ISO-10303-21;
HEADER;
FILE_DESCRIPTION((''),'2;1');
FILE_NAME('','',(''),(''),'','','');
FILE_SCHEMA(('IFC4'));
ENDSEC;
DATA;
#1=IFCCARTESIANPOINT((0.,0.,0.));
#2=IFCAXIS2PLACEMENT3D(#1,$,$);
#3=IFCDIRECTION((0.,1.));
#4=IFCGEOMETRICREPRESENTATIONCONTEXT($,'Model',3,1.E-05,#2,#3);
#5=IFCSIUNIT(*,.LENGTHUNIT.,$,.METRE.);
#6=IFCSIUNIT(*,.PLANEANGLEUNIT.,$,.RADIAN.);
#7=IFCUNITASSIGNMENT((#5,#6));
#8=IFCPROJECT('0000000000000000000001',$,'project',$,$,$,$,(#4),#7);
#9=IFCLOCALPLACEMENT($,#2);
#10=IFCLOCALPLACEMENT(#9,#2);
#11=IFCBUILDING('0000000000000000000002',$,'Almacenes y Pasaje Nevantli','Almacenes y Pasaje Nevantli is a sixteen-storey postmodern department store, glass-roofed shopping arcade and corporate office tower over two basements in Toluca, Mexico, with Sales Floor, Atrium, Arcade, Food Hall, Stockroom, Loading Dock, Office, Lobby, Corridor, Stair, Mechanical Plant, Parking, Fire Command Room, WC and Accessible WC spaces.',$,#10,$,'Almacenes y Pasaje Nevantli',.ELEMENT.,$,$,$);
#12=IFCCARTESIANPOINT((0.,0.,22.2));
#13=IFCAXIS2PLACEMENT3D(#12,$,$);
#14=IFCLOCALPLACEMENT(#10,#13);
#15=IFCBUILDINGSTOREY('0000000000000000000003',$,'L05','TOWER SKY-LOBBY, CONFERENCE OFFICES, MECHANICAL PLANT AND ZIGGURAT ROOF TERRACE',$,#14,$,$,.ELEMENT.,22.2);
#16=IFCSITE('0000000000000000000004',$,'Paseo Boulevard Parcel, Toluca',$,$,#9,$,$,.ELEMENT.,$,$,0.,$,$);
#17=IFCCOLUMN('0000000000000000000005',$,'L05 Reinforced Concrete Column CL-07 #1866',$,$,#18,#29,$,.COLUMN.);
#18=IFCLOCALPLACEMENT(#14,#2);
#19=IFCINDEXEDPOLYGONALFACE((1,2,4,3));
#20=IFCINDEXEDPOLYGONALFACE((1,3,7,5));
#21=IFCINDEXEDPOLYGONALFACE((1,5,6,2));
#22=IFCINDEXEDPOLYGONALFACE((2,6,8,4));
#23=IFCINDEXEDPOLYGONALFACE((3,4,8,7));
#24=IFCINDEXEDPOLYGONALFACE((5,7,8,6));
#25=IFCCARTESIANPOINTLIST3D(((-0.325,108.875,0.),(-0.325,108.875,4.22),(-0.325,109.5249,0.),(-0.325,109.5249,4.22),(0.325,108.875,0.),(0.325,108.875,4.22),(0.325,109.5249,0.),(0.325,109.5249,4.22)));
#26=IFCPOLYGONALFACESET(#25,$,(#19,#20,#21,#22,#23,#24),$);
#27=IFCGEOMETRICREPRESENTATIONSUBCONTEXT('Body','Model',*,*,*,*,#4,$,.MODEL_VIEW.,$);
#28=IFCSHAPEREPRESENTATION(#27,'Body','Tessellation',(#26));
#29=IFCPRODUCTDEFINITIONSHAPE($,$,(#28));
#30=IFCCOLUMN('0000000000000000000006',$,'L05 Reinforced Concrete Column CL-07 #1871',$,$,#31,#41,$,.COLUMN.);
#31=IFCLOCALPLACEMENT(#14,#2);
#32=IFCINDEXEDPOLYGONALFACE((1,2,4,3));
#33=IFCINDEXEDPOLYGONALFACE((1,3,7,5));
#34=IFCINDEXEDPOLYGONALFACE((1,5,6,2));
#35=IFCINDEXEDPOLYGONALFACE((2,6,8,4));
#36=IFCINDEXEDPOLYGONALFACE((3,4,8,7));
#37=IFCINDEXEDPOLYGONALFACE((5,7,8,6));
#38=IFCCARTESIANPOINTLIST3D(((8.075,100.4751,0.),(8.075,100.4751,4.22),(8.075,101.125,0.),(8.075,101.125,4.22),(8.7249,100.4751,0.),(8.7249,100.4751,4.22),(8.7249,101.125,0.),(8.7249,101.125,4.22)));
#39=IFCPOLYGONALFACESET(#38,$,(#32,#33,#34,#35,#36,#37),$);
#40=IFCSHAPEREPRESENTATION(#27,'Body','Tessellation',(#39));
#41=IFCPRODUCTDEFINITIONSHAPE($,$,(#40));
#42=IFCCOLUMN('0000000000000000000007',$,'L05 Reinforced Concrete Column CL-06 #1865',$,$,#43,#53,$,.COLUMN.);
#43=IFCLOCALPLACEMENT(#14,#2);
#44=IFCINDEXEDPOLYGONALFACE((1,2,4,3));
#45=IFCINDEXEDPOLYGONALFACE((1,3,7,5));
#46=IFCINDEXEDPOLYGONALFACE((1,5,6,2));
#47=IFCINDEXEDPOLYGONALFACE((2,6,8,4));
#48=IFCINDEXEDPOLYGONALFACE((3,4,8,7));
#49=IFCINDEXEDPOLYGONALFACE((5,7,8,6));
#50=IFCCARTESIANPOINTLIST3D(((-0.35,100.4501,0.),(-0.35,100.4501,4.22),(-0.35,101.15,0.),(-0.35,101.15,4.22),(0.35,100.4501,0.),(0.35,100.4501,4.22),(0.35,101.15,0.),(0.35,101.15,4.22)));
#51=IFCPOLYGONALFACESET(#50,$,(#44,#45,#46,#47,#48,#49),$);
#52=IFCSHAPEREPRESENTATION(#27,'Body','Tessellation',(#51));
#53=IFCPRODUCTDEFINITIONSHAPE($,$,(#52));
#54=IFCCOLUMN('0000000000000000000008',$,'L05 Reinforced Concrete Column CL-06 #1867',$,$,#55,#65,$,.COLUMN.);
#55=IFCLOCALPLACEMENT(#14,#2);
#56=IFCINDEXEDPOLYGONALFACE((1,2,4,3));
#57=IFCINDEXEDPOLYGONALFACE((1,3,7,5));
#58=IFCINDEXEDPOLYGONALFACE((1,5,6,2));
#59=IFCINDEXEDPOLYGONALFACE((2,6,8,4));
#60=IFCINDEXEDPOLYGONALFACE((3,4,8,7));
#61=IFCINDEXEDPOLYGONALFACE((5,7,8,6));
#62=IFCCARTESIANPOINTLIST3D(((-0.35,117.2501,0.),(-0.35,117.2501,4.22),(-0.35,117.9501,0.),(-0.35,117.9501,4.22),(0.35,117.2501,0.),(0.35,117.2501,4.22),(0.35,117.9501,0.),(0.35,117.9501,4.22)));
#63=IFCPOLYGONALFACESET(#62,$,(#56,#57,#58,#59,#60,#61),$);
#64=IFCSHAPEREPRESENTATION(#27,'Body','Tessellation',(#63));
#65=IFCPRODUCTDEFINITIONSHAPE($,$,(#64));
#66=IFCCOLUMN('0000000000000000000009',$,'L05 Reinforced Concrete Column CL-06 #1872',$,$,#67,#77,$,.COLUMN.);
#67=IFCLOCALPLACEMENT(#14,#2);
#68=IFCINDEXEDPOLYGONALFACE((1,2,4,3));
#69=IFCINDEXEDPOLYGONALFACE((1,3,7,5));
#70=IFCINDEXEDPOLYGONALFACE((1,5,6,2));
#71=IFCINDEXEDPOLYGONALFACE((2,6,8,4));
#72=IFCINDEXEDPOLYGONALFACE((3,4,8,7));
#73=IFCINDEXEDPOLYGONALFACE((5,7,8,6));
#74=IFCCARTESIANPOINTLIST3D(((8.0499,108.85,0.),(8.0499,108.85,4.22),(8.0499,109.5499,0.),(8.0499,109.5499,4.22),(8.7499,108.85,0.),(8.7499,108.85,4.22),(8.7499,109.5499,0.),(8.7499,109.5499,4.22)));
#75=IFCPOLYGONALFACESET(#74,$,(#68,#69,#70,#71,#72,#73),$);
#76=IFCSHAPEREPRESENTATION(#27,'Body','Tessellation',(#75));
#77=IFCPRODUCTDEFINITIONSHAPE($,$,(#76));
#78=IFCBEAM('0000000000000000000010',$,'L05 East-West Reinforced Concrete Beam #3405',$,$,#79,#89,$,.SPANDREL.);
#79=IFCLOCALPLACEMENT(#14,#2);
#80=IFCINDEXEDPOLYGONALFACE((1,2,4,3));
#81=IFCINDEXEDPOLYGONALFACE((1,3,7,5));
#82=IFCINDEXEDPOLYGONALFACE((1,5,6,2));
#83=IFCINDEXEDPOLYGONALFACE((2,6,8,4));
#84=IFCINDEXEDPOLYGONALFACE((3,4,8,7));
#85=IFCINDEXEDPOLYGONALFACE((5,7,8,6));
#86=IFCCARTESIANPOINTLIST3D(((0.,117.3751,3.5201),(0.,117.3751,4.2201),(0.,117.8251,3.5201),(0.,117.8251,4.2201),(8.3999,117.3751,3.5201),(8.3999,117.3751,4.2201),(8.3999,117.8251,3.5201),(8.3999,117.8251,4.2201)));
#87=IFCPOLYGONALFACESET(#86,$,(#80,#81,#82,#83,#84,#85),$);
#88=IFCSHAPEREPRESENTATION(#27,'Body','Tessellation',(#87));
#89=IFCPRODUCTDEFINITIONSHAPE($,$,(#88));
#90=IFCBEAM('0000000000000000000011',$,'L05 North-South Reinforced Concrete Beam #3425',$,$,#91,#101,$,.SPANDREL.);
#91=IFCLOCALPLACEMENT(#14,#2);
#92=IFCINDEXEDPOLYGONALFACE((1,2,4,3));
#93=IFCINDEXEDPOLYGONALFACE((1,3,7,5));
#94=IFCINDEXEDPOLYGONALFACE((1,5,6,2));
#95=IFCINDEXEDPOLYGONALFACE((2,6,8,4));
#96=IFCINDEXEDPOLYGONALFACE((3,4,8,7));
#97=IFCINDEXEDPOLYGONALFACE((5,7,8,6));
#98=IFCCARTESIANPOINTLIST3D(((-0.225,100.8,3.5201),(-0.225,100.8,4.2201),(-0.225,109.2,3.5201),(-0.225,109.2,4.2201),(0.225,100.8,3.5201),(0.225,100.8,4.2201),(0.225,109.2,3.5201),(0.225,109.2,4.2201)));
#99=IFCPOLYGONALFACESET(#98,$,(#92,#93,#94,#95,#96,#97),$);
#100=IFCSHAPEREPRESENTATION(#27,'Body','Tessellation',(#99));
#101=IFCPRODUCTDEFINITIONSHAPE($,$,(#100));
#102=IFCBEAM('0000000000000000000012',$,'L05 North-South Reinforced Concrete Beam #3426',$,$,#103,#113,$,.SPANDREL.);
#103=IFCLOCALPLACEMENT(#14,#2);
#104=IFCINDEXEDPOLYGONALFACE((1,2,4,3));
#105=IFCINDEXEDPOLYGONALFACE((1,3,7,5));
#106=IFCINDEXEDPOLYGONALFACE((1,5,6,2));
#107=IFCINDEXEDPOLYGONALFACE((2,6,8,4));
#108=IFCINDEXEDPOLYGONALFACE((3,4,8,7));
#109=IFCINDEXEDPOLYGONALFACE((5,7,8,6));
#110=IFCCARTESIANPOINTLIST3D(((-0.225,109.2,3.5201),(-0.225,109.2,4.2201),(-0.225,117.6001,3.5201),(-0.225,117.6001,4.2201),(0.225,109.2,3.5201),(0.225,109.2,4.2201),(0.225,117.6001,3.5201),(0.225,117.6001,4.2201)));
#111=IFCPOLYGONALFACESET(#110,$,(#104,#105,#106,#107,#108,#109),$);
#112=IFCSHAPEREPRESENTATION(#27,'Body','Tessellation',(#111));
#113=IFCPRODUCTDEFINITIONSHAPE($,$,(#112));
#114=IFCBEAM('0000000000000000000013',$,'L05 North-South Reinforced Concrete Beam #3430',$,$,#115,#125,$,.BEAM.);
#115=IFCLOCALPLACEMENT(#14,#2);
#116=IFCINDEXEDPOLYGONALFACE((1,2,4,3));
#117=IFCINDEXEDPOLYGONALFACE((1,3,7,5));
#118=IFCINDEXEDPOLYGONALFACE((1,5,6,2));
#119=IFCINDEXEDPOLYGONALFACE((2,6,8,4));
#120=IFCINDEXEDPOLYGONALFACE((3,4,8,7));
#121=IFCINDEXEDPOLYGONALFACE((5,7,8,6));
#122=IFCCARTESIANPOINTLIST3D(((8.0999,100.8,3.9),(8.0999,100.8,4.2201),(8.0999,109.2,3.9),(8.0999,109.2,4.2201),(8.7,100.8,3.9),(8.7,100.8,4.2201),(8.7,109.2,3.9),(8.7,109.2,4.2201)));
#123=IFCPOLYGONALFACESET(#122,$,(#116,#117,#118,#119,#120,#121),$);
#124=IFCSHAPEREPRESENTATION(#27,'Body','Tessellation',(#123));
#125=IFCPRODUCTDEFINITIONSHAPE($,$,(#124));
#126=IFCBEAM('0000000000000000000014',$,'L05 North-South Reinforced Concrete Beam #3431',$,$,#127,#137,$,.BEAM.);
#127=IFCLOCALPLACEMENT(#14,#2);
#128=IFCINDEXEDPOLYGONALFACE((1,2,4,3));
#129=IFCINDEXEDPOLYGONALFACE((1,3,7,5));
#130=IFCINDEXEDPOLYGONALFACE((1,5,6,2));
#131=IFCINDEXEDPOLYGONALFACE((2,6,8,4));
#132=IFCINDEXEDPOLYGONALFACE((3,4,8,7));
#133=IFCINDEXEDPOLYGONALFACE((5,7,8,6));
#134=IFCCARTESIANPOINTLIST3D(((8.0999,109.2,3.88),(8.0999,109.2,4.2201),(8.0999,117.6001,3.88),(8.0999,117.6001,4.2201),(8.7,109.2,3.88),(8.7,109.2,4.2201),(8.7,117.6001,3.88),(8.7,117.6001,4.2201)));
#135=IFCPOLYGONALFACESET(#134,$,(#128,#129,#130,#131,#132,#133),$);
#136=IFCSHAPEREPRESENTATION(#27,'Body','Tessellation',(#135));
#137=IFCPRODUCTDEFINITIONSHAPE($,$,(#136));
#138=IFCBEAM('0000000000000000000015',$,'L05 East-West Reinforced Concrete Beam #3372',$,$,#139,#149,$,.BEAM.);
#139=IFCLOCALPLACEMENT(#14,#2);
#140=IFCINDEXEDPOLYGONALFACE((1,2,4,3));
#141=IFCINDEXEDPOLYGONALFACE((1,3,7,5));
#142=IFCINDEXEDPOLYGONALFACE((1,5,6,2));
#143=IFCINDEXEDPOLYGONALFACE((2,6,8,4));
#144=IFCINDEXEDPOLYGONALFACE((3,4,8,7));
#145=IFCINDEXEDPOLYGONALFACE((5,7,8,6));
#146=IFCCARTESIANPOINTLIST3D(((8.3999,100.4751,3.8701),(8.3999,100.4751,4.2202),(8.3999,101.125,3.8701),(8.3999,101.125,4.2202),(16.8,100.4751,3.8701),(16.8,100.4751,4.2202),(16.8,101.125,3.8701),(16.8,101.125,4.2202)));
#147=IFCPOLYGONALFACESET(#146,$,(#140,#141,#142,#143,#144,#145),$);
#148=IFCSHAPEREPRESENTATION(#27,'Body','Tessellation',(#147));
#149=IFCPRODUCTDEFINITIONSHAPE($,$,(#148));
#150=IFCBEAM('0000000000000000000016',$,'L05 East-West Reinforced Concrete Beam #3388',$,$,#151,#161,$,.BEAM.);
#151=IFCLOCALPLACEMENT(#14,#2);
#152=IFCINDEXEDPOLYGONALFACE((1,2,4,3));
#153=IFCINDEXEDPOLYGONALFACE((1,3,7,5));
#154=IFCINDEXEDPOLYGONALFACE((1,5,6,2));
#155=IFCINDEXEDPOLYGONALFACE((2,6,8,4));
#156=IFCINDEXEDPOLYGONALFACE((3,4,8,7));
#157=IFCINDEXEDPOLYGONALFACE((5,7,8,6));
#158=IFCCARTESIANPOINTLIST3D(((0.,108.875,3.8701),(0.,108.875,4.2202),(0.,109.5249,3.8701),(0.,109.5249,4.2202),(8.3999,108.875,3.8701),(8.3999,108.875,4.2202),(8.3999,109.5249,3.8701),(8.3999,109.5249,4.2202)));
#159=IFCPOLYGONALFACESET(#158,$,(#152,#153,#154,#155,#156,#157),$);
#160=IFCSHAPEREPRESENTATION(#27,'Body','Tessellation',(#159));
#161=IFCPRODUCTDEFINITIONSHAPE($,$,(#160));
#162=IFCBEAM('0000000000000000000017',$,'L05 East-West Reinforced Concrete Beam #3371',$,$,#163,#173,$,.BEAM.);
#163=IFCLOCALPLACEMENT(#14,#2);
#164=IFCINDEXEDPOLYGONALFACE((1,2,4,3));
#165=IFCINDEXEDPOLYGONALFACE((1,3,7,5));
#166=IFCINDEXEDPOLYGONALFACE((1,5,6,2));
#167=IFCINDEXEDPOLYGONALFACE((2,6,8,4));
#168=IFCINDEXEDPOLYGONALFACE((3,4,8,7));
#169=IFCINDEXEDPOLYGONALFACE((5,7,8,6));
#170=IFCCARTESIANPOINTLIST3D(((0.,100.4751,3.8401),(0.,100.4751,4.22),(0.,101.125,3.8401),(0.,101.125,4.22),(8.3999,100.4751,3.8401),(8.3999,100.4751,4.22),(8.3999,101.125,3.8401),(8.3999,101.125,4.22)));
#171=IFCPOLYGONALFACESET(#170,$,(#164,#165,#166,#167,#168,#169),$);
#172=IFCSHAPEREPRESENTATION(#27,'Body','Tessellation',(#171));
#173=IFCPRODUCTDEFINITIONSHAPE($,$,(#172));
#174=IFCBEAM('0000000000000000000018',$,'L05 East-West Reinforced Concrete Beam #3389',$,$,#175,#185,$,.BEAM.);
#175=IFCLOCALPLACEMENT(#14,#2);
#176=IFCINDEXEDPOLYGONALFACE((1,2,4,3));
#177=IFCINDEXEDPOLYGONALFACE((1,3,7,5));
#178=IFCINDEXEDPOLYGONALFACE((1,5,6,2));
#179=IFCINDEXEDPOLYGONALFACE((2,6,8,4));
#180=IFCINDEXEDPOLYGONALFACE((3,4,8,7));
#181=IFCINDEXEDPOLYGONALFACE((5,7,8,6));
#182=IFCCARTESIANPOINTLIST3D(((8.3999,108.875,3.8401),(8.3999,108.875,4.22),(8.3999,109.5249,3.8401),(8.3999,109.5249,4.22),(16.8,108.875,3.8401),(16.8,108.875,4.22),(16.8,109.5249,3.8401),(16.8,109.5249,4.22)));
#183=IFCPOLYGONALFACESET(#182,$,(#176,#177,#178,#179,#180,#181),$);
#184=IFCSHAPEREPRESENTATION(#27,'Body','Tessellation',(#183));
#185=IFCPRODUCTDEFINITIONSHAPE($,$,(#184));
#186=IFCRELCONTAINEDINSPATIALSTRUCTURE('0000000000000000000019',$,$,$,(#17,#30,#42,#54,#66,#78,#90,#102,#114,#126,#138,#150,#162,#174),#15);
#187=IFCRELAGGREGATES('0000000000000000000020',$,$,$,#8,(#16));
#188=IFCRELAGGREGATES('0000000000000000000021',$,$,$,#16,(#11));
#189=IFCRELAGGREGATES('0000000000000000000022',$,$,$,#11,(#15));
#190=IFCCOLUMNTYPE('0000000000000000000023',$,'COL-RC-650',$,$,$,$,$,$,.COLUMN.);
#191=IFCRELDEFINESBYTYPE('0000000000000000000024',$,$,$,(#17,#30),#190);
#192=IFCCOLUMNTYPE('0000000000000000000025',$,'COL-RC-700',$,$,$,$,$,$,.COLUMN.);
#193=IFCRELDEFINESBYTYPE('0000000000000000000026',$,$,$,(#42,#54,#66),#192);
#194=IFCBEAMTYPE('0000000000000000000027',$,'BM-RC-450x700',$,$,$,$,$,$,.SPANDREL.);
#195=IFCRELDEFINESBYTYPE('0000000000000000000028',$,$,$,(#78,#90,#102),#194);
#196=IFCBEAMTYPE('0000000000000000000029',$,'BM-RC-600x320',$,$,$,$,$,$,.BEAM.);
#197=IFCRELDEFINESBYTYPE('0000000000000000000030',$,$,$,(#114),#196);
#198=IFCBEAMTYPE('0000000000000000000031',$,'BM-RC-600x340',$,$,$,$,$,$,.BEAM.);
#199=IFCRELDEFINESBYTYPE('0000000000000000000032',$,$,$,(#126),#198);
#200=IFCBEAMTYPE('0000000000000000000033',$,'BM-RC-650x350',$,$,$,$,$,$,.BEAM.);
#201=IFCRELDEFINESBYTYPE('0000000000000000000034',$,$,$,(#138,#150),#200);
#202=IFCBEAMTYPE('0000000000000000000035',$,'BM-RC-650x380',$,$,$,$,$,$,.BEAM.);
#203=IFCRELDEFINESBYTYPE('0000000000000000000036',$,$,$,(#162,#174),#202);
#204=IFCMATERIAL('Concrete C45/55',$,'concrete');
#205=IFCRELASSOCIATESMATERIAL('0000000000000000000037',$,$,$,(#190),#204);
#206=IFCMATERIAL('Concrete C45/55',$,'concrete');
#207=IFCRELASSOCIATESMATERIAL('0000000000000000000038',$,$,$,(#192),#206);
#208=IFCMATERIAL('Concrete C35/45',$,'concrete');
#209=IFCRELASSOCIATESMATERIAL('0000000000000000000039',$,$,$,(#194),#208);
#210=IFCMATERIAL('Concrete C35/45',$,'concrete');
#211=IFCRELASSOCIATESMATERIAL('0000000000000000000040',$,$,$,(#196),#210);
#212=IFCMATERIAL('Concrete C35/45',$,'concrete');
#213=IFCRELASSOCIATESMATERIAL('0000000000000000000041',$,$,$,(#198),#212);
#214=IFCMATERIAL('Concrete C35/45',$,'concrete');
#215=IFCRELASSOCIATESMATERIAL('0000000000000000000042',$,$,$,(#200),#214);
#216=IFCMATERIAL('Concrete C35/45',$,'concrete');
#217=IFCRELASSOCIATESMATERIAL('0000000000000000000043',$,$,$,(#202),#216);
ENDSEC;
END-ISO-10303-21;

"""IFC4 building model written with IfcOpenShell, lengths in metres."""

from ifc_helpers import new_model, si_unit, direction, frame, origin, origin_2d, place, context, subcontext, project, spatial, rectangle, extrude, material, material_profile, profile_set, type_object, element, save


model = new_model("IFC4")

# Units and contexts
model_context = context("Model", 3, precision=1e-05, world=origin(), true_north=direction((0.0, 1.0)))
body_context = subcontext(model_context, "Body", "Model", "MODEL_VIEW")
ifc_project = project(units=[si_unit("LENGTHUNIT", "METRE"), si_unit("PLANEANGLEUNIT", "RADIAN")], contexts=[model_context])

# Site, building, storey
site_placement = place(None, origin())
site = spatial("IfcSite", under=ifc_project, at=site_placement, Name="Paseo Boulevard Parcel, Toluca", CompositionType="ELEMENT", RefElevation=0.0)
building_placement = place(site_placement, origin())
building = spatial("IfcBuilding", under=site, at=building_placement, Name="Almacenes y Pasaje Nevantli", Description="Almacenes y Pasaje Nevantli is a sixteen-storey postmodern department store, glass-roofed shopping arcade and corporate office tower over two basements in Toluca, Mexico, with Sales Floor, Atrium, Arcade, Food Hall, Stockroom, Loading Dock, Office, Lobby, Corridor, Stair, Mechanical Plant, Parking, Fire Command Room, WC and Accessible WC spaces.", LongName="Almacenes y Pasaje Nevantli", CompositionType="ELEMENT")
storey_placement = place(building_placement, frame((0.0, 0.0, 22.2)))
storey = spatial("IfcBuildingStorey", under=building, at=storey_placement, Name="L05", Description="TOWER SKY-LOBBY, CONFERENCE OFFICES, MECHANICAL PLANT AND ZIGGURAT ROOF TERRACE", CompositionType="ELEMENT", Elevation=22.2)

# Columns
ifc_material_1 = material(Name="Concrete C45/55", Category="concrete")
ifc_material_profile_1 = material_profile(ifc_material_1, rectangle(XDim=0.6499, YDim=0.6499, at=origin_2d()), Name="RC-COL-650x650")
ifc_profile_set_1 = profile_set([ifc_material_profile_1], Name="Concrete C45/55")
column_type_1 = type_object("IfcColumnType", Name="COL-RC-650", PredefinedType="COLUMN", material=ifc_profile_set_1)
for number, where, z_axis, x_axis, name in (
    (1, (0.0, 109.2, 0.0), (0.0, 0.0, 1.0), (1.0, 0.0, 0.0), "L05 Reinforced Concrete Column CL-07 #1866"),
    (2, (8.3999, 100.8, 0.0), (0.0, 0.0, 1.0), (1.0, 0.0, 0.0), "L05 Reinforced Concrete Column CL-07 #1871"),
):
    element("IfcColumn", number, at=place(storey_placement, frame(where, z_axis=z_axis, x_axis=x_axis)), inside=storey, type_object=column_type_1, Name=name, PredefinedType="COLUMN", context=body_context, shape_type="SweptSolid", body=[
        extrude(rectangle(XDim=0.6499, YDim=0.6499, at=origin_2d()), origin(), (0.0, 0.0, 1.0), 4.22),
    ])
ifc_material_2 = material(Name="Concrete C45/55", Category="concrete")
ifc_material_profile_2 = material_profile(ifc_material_2, rectangle(XDim=0.7, YDim=0.7, at=origin_2d()), Name="RC-COL-700x700")
ifc_profile_set_2 = profile_set([ifc_material_profile_2], Name="Concrete C45/55")
column_type_2 = type_object("IfcColumnType", Name="COL-RC-700", PredefinedType="COLUMN", material=ifc_profile_set_2)
for number, where, z_axis, x_axis, name in (
    (3, (0.0, 100.8, 0.0), (0.0, 0.0, 1.0), (1.0, 0.0, 0.0), "L05 Reinforced Concrete Column CL-06 #1865"),
    (4, (0.0, 117.6001, 0.0), (0.0, 0.0, 1.0), (1.0, 0.0, 0.0), "L05 Reinforced Concrete Column CL-06 #1867"),
    (5, (8.3999, 109.2, 0.0), (0.0, 0.0, 1.0), (1.0, 0.0, 0.0), "L05 Reinforced Concrete Column CL-06 #1872"),
):
    element("IfcColumn", number, at=place(storey_placement, frame(where, z_axis=z_axis, x_axis=x_axis)), inside=storey, type_object=column_type_2, Name=name, PredefinedType="COLUMN", context=body_context, shape_type="SweptSolid", body=[
        extrude(rectangle(XDim=0.7, YDim=0.7, at=origin_2d()), origin(), (0.0, 0.0, 1.0), 4.22),
    ])

# Beams
ifc_material_3 = material(Name="Concrete C35/45", Category="concrete")
ifc_material_profile_3 = material_profile(ifc_material_3, rectangle(XDim=0.45, YDim=0.7, at=origin_2d()), Name="RC-BM-450x700")
ifc_profile_set_3 = profile_set([ifc_material_profile_3], Name="Concrete C35/45")
beam_type_1 = type_object("IfcBeamType", Name="BM-RC-450x700", PredefinedType="SPANDREL", material=ifc_profile_set_3)
for number, where, z_axis, x_axis, name in (
    (6, (0.0, 117.6001, 3.8701), (1.0, 0.0, 0.0), (0.0, 1.0, 0.0), "L05 East-West Reinforced Concrete Beam #3405"),
    (7, (0.0, 100.8, 3.8701), (0.0, 1.0, 0.0), (-1.0, 0.0, 0.0), "L05 North-South Reinforced Concrete Beam #3425"),
):
    element("IfcBeam", number, at=place(storey_placement, frame(where, z_axis=z_axis, x_axis=x_axis)), inside=storey, type_object=beam_type_1, Name=name, PredefinedType="SPANDREL", context=body_context, shape_type="SweptSolid", body=[
        extrude(rectangle(XDim=0.45, YDim=0.7, at=origin_2d()), origin(), (0.0, 0.0, 1.0), 8.3999),
    ])
beam_1_placement = place(storey_placement, frame((0.0, 109.2, 3.8701), z_axis=(0.0, 1.0, 0.0), x_axis=(-1.0, 0.0, 0.0)))
element("IfcBeam", 8, at=beam_1_placement, inside=storey, type_object=beam_type_1, Name="L05 North-South Reinforced Concrete Beam #3426", PredefinedType="SPANDREL", context=body_context, shape_type="SweptSolid", body=[
    extrude(rectangle(XDim=0.45, YDim=0.7, at=origin_2d()), origin(), (0.0, 0.0, 1.0), 8.4001),
])
ifc_material_4 = material(Name="Concrete C35/45", Category="concrete")
ifc_material_profile_4 = material_profile(ifc_material_4, rectangle(XDim=0.6001, YDim=0.3201, at=origin_2d()), Name="RC-BM-600x320")
ifc_profile_set_4 = profile_set([ifc_material_profile_4], Name="Concrete C35/45")
beam_type_2 = type_object("IfcBeamType", Name="BM-RC-600x320", PredefinedType="BEAM", material=ifc_profile_set_4)
beam_2_placement = place(storey_placement, frame((8.3999, 100.8, 4.0601), z_axis=(0.0, 1.0, 0.0), x_axis=(-1.0, 0.0, 0.0)))
element("IfcBeam", 9, at=beam_2_placement, inside=storey, type_object=beam_type_2, Name="L05 North-South Reinforced Concrete Beam #3430", PredefinedType="BEAM", context=body_context, shape_type="SweptSolid", body=[
    extrude(rectangle(XDim=0.6001, YDim=0.3201, at=origin_2d()), origin(), (0.0, 0.0, 1.0), 8.3999),
])
ifc_material_5 = material(Name="Concrete C35/45", Category="concrete")
ifc_material_profile_5 = material_profile(ifc_material_5, rectangle(XDim=0.6001, YDim=0.3401, at=origin_2d()), Name="RC-BM-600x340")
ifc_profile_set_5 = profile_set([ifc_material_profile_5], Name="Concrete C35/45")
beam_type_3 = type_object("IfcBeamType", Name="BM-RC-600x340", PredefinedType="BEAM", material=ifc_profile_set_5)
beam_3_placement = place(storey_placement, frame((8.3999, 109.2, 4.05), z_axis=(0.0, 1.0, 0.0), x_axis=(-1.0, 0.0, 0.0)))
element("IfcBeam", 10, at=beam_3_placement, inside=storey, type_object=beam_type_3, Name="L05 North-South Reinforced Concrete Beam #3431", PredefinedType="BEAM", context=body_context, shape_type="SweptSolid", body=[
    extrude(rectangle(XDim=0.6001, YDim=0.3401, at=origin_2d()), origin(), (0.0, 0.0, 1.0), 8.4001),
])
ifc_material_6 = material(Name="Concrete C35/45", Category="concrete")
ifc_material_profile_6 = material_profile(ifc_material_6, rectangle(XDim=0.6499, YDim=0.3501, at=origin_2d()), Name="RC-BM-650x350")
ifc_profile_set_6 = profile_set([ifc_material_profile_6], Name="Concrete C35/45")
beam_type_4 = type_object("IfcBeamType", Name="BM-RC-650x350", PredefinedType="BEAM", material=ifc_profile_set_6)
beam_4_placement = place(storey_placement, frame((8.3999, 100.8, 4.0452), z_axis=(1.0, 0.0, 0.0), x_axis=(0.0, 1.0, 0.0)))
element("IfcBeam", 11, at=beam_4_placement, inside=storey, type_object=beam_type_4, Name="L05 East-West Reinforced Concrete Beam #3372", PredefinedType="BEAM", context=body_context, shape_type="SweptSolid", body=[
    extrude(rectangle(XDim=0.6499, YDim=0.3501, at=origin_2d()), origin(), (0.0, 0.0, 1.0), 8.4001),
])
beam_5_placement = place(storey_placement, frame((0.0, 109.2, 4.0452), z_axis=(1.0, 0.0, 0.0), x_axis=(0.0, 1.0, 0.0)))
element("IfcBeam", 12, at=beam_5_placement, inside=storey, type_object=beam_type_4, Name="L05 East-West Reinforced Concrete Beam #3388", PredefinedType="BEAM", context=body_context, shape_type="SweptSolid", body=[
    extrude(rectangle(XDim=0.6499, YDim=0.3501, at=origin_2d()), origin(), (0.0, 0.0, 1.0), 8.3999),
])
ifc_material_7 = material(Name="Concrete C35/45", Category="concrete")
ifc_material_profile_7 = material_profile(ifc_material_7, rectangle(XDim=0.6499, YDim=0.3799, at=origin_2d()), Name="RC-BM-650x380")
ifc_profile_set_7 = profile_set([ifc_material_profile_7], Name="Concrete C35/45")
beam_type_5 = type_object("IfcBeamType", Name="BM-RC-650x380", PredefinedType="BEAM", material=ifc_profile_set_7)
beam_6_placement = place(storey_placement, frame((0.0, 100.8, 4.03), z_axis=(1.0, 0.0, 0.0), x_axis=(0.0, 1.0, 0.0)))
element("IfcBeam", 13, at=beam_6_placement, inside=storey, type_object=beam_type_5, Name="L05 East-West Reinforced Concrete Beam #3371", PredefinedType="BEAM", context=body_context, shape_type="SweptSolid", body=[
    extrude(rectangle(XDim=0.6499, YDim=0.3799, at=origin_2d()), origin(), (0.0, 0.0, 1.0), 8.3999),
])
beam_7_placement = place(storey_placement, frame((8.3999, 109.2, 4.03), z_axis=(1.0, 0.0, 0.0), x_axis=(0.0, 1.0, 0.0)))
element("IfcBeam", 14, at=beam_7_placement, inside=storey, type_object=beam_type_5, Name="L05 East-West Reinforced Concrete Beam #3389", PredefinedType="BEAM", context=body_context, shape_type="SweptSolid", body=[
    extrude(rectangle(XDim=0.6499, YDim=0.3799, at=origin_2d()), origin(), (0.0, 0.0, 1.0), 8.4001),
])

save(model, "model.ifc")
